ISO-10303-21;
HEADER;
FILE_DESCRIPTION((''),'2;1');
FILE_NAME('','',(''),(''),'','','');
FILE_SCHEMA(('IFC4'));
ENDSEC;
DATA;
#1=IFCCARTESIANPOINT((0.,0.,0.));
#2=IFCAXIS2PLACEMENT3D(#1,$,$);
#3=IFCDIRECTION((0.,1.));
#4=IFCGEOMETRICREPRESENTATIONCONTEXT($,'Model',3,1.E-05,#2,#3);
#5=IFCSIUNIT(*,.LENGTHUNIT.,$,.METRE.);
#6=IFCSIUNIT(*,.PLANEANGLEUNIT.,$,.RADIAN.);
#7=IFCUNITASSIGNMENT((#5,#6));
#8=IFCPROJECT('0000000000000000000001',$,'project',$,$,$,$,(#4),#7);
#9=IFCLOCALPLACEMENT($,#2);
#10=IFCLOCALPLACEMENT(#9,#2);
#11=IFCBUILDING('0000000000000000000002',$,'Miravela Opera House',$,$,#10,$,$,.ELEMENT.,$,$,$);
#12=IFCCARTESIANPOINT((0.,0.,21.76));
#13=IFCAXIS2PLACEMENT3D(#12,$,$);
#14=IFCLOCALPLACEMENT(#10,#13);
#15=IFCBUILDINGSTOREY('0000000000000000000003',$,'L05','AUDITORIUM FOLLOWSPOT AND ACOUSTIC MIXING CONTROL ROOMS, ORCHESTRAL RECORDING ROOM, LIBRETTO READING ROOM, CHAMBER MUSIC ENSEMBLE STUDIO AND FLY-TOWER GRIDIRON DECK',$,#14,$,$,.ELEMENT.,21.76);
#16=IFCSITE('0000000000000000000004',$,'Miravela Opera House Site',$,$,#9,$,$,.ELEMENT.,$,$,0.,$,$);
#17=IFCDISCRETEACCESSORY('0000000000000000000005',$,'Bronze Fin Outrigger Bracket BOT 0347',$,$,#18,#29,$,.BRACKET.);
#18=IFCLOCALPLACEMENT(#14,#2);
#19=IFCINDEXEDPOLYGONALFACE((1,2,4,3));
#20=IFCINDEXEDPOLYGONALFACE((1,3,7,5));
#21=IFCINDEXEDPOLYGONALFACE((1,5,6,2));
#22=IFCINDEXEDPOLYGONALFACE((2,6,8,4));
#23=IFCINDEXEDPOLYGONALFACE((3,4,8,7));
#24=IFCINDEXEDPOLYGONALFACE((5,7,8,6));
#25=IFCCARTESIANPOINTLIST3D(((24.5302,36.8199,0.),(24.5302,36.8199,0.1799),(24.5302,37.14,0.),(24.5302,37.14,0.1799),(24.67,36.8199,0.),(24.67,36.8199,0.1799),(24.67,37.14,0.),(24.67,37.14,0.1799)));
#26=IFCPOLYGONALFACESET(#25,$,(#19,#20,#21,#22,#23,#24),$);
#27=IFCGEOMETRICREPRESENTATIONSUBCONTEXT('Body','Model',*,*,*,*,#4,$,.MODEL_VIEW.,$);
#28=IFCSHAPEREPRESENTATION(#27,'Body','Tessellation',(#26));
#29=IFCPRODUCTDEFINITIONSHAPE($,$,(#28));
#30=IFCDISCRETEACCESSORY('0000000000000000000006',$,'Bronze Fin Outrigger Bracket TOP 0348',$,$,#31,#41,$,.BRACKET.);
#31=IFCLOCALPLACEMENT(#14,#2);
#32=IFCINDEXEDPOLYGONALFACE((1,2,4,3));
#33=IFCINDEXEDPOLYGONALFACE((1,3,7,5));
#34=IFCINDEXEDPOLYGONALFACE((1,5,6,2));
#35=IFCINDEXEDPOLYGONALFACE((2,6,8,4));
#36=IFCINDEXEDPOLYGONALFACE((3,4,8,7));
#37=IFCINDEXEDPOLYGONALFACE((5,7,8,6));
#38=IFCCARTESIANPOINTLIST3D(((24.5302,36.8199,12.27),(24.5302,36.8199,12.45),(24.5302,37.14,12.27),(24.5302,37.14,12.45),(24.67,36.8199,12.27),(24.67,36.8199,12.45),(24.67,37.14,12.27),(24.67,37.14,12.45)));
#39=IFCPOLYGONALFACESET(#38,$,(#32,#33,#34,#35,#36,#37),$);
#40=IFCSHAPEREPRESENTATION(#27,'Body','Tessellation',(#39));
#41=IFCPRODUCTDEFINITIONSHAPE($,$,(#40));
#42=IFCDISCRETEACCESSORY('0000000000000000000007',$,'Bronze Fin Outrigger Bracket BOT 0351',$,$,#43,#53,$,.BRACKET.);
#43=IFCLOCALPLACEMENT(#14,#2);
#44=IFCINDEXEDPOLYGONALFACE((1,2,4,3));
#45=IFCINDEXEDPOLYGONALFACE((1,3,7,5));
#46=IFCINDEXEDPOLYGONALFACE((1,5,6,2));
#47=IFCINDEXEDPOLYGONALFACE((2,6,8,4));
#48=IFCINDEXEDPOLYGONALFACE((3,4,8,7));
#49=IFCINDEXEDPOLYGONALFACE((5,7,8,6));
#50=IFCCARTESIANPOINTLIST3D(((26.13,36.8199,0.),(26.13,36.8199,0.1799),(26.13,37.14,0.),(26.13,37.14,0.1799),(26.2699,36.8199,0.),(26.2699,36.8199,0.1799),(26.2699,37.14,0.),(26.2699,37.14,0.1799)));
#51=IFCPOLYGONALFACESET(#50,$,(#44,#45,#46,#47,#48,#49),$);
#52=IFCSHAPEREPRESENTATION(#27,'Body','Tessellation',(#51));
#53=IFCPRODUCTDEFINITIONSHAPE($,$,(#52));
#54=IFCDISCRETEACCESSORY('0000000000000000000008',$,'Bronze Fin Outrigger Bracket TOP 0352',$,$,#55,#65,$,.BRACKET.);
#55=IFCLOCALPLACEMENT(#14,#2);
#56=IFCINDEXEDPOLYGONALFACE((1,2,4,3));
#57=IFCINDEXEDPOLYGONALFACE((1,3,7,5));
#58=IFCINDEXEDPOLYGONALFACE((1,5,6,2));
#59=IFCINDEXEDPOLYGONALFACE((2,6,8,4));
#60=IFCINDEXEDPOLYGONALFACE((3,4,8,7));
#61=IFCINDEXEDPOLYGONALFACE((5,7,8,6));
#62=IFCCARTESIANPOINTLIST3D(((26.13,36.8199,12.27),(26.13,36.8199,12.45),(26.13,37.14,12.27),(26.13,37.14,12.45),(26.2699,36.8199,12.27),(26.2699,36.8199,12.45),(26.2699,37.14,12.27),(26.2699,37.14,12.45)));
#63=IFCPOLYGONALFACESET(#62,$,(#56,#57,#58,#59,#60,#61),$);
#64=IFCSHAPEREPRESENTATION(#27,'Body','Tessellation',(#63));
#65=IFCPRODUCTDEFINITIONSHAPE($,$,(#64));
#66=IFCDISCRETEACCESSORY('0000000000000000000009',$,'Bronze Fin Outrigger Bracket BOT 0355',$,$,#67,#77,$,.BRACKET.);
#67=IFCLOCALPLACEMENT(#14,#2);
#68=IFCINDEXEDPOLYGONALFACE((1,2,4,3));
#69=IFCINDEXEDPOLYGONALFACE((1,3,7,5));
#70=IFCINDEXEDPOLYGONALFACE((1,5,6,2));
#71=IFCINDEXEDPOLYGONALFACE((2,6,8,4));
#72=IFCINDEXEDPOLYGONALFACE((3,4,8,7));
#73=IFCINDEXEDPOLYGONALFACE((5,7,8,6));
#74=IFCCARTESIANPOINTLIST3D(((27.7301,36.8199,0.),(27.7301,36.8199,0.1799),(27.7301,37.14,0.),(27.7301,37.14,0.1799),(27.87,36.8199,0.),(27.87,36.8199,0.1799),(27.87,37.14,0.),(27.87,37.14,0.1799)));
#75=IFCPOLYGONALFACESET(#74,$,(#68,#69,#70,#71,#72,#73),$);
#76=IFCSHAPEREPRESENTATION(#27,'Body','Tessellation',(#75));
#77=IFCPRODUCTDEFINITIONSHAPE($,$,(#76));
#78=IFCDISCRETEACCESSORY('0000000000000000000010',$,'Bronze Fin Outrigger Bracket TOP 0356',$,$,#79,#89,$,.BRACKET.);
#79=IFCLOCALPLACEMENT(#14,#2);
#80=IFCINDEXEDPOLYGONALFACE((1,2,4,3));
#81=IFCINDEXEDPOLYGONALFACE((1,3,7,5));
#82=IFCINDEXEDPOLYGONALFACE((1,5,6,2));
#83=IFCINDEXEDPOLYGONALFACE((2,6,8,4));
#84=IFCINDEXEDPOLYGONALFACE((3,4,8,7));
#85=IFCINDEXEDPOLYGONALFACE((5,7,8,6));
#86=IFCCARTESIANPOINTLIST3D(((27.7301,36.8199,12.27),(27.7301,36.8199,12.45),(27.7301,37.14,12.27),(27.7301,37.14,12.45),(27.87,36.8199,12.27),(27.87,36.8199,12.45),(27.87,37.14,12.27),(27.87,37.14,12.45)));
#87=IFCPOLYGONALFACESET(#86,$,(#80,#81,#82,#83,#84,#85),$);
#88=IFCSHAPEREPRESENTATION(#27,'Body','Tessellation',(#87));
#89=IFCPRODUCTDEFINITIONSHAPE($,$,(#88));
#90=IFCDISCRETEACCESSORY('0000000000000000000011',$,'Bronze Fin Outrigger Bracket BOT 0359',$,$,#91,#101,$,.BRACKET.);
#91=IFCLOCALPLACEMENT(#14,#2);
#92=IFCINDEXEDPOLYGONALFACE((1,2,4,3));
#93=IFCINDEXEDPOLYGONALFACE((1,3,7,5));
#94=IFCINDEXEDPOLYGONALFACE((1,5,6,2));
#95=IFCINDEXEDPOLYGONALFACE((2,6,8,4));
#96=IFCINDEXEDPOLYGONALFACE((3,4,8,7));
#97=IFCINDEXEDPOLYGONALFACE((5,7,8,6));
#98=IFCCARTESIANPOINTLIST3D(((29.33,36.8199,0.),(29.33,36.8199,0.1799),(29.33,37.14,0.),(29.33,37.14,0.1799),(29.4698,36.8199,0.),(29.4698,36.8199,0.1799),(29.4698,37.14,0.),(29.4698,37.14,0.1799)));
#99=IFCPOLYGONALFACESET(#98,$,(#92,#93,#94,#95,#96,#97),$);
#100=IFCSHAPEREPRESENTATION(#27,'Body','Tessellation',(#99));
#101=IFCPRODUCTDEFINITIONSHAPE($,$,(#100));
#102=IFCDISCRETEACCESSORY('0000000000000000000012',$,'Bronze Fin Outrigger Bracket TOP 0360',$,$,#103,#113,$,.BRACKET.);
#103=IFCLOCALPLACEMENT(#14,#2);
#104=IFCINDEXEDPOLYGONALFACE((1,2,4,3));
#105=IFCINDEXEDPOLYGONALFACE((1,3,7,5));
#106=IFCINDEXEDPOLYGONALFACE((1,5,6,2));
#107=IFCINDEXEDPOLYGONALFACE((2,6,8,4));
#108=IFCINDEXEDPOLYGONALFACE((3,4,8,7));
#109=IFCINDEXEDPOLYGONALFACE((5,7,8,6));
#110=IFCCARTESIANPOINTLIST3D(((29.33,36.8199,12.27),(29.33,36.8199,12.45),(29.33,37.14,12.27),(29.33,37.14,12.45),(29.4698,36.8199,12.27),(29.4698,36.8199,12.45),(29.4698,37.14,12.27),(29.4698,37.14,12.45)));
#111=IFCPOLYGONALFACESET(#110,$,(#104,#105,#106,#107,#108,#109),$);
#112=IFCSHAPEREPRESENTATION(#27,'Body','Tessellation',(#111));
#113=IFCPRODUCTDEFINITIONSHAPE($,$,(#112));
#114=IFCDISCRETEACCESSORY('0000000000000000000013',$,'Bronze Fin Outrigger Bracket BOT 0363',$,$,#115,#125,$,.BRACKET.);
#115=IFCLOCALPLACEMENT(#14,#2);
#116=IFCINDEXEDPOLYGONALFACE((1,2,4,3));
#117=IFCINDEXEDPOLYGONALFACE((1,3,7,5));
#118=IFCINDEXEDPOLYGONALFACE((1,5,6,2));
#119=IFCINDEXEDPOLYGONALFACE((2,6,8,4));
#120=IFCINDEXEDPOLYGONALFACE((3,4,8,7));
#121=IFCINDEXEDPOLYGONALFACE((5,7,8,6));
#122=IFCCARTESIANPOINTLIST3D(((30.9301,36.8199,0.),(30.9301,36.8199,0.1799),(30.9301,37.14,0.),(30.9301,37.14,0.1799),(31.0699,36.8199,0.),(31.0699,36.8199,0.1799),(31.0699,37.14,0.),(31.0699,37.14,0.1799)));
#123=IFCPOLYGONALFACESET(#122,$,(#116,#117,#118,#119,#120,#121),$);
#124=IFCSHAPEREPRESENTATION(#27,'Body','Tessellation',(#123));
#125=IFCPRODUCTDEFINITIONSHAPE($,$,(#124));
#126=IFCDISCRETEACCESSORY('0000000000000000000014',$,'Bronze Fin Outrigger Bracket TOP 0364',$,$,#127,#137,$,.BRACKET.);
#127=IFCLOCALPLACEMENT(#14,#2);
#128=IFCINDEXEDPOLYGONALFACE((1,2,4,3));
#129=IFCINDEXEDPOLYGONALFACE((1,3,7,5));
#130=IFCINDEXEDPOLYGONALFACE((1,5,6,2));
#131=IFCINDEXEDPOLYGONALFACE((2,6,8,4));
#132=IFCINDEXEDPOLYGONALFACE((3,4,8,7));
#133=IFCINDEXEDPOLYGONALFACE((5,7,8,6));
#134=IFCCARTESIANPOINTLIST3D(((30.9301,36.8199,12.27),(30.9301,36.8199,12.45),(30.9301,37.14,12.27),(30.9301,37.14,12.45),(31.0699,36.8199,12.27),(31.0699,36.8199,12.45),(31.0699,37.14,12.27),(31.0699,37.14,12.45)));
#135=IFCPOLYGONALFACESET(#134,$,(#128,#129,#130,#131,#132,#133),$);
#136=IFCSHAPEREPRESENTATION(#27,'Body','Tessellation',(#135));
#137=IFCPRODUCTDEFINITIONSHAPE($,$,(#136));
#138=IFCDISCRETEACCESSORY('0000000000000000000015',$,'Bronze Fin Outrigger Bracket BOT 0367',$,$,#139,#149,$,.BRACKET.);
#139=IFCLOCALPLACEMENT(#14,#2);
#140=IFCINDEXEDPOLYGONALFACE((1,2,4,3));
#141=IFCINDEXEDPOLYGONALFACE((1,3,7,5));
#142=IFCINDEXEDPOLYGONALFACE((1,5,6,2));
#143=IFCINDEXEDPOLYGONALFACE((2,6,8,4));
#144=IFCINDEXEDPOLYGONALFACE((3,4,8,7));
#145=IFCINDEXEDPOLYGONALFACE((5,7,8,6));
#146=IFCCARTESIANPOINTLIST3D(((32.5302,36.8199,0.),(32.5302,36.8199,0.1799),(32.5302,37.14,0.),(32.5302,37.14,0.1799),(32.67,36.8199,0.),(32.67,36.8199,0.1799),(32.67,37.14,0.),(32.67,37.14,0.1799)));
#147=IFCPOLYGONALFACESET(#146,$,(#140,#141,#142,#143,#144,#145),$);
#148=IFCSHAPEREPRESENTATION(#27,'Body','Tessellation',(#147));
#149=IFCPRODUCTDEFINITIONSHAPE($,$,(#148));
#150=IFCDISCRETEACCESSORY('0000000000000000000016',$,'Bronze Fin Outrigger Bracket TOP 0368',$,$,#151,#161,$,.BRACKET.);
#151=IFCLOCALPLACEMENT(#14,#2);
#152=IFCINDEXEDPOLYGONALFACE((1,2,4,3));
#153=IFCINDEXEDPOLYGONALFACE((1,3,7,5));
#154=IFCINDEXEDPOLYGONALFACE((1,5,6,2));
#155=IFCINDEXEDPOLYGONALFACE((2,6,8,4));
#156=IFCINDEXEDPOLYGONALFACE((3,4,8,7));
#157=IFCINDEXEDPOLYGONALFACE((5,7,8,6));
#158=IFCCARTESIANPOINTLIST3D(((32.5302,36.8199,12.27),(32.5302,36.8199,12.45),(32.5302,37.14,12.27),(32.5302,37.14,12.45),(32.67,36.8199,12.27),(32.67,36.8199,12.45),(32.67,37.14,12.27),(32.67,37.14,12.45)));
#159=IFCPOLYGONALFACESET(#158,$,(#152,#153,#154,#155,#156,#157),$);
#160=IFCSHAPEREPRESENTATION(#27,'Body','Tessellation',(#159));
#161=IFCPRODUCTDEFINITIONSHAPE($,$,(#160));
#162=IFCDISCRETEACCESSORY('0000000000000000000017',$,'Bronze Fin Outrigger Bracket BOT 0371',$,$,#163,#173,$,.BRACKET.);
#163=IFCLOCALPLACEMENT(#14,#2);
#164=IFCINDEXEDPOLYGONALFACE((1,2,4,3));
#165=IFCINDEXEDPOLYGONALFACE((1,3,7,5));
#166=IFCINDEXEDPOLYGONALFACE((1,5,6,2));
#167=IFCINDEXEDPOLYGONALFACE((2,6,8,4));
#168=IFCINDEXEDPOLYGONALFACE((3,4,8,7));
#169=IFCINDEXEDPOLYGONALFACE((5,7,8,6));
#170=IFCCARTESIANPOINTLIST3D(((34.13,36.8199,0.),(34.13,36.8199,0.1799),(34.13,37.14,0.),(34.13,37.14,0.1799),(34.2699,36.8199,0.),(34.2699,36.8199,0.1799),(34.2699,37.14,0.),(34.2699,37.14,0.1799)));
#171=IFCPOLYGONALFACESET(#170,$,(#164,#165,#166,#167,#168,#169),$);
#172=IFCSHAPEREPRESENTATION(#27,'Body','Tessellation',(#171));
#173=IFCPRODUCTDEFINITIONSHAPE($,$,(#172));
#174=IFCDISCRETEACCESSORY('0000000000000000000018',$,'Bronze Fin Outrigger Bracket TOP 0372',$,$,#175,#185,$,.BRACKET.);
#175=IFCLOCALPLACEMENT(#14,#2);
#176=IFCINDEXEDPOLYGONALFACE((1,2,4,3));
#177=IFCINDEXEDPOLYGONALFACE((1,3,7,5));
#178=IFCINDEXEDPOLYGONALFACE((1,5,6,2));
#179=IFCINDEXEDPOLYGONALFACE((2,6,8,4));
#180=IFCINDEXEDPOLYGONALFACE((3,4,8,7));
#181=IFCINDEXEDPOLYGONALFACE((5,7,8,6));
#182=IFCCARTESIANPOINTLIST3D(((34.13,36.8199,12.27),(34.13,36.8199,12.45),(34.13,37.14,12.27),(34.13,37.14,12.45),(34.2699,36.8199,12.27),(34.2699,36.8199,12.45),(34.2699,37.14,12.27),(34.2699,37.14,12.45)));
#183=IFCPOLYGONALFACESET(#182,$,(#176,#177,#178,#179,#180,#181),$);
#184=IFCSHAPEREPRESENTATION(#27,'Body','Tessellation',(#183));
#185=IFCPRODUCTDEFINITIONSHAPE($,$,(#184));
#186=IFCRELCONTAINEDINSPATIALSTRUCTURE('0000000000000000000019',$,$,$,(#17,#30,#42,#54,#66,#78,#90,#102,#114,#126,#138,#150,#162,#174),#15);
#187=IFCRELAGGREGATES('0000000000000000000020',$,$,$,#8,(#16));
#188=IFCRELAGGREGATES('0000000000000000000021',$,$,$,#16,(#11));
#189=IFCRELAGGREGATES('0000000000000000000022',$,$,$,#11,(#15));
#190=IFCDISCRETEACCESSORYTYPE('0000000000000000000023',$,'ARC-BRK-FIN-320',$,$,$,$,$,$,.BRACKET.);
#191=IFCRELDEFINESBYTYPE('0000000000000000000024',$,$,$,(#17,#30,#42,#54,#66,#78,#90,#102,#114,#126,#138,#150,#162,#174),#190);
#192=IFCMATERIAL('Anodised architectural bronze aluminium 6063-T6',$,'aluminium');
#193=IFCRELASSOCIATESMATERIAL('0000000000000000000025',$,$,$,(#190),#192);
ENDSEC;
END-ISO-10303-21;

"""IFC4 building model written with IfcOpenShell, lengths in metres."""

from ifc_helpers import new_model, si_unit, direction, frame, origin, origin_2d, place, context, subcontext, project, spatial, rectangle, extrude, material, type_object, element, save


model = new_model("IFC4")

# Units and contexts
model_context = context("Model", 3, precision=1e-05, world=origin(), true_north=direction((0.0, 1.0)))
body_context = subcontext(model_context, "Body", "Model", "MODEL_VIEW")
ifc_project = project(units=[si_unit("LENGTHUNIT", "METRE"), si_unit("PLANEANGLEUNIT", "RADIAN")], contexts=[model_context])

# Site, building, storey
site_placement = place(None, origin())
site = spatial("IfcSite", under=ifc_project, at=site_placement, Name="Miravela Opera House Site", CompositionType="ELEMENT", RefElevation=0.0)
building_placement = place(site_placement, origin())
building = spatial("IfcBuilding", under=site, at=building_placement, Name="Miravela Opera House", CompositionType="ELEMENT")
storey_placement = place(building_placement, frame((0.0, 0.0, 21.76)))
storey = spatial("IfcBuildingStorey", under=building, at=storey_placement, Name="L05", Description="AUDITORIUM FOLLOWSPOT AND ACOUSTIC MIXING CONTROL ROOMS, ORCHESTRAL RECORDING ROOM, LIBRETTO READING ROOM, CHAMBER MUSIC ENSEMBLE STUDIO AND FLY-TOWER GRIDIRON DECK", CompositionType="ELEMENT", Elevation=21.76)

# Discrete accessories
ifc_material_1 = material(Name="Anodised architectural bronze aluminium 6063-T6", Category="aluminium")
discrete_accessory_type = type_object("IfcDiscreteAccessoryType", Name="ARC-BRK-FIN-320", PredefinedType="BRACKET", material=ifc_material_1)
for number, where, z_axis, x_axis, name in (
    (1, (24.6001, 36.98, 0.0), (0.0, 0.0, 1.0), (0.0, 1.0, 0.0), "Bronze Fin Outrigger Bracket BOT 0347"),
    (2, (24.6001, 36.98, 12.27), (0.0, 0.0, 1.0), (0.0, 1.0, 0.0), "Bronze Fin Outrigger Bracket TOP 0348"),
    (3, (26.2, 36.98, 0.0), (0.0, 0.0, 1.0), (0.0, 1.0, 0.0), "Bronze Fin Outrigger Bracket BOT 0351"),
    (4, (26.2, 36.98, 12.27), (0.0, 0.0, 1.0), (0.0, 1.0, 0.0), "Bronze Fin Outrigger Bracket TOP 0352"),
    (5, (27.8, 36.98, 0.0), (0.0, 0.0, 1.0), (0.0, 1.0, 0.0), "Bronze Fin Outrigger Bracket BOT 0355"),
    (6, (27.8, 36.98, 12.27), (0.0, 0.0, 1.0), (0.0, 1.0, 0.0), "Bronze Fin Outrigger Bracket TOP 0356"),
    (7, (29.3999, 36.98, 0.0), (0.0, 0.0, 1.0), (0.0, 1.0, 0.0), "Bronze Fin Outrigger Bracket BOT 0359"),
    (8, (29.3999, 36.98, 12.27), (0.0, 0.0, 1.0), (0.0, 1.0, 0.0), "Bronze Fin Outrigger Bracket TOP 0360"),
    (9, (31.0, 36.98, 0.0), (0.0, 0.0, 1.0), (0.0, 1.0, 0.0), "Bronze Fin Outrigger Bracket BOT 0363"),
    (10, (31.0, 36.98, 12.27), (0.0, 0.0, 1.0), (0.0, 1.0, 0.0), "Bronze Fin Outrigger Bracket TOP 0364"),
    (11, (32.6001, 36.98, 0.0), (0.0, 0.0, 1.0), (0.0, 1.0, 0.0), "Bronze Fin Outrigger Bracket BOT 0367"),
    (12, (32.6001, 36.98, 12.27), (0.0, 0.0, 1.0), (0.0, 1.0, 0.0), "Bronze Fin Outrigger Bracket TOP 0368"),
    (13, (34.2, 36.98, 0.0), (0.0, 0.0, 1.0), (0.0, 1.0, 0.0), "Bronze Fin Outrigger Bracket BOT 0371"),
    (14, (34.2, 36.98, 12.27), (0.0, 0.0, 1.0), (0.0, 1.0, 0.0), "Bronze Fin Outrigger Bracket TOP 0372"),
):
    element("IfcDiscreteAccessory", number, at=place(storey_placement, frame(where, z_axis=z_axis, x_axis=x_axis)), inside=storey, type_object=discrete_accessory_type, Name=name, PredefinedType="BRACKET", context=body_context, shape_type="SweptSolid", body=[
        extrude(rectangle(XDim=0.3201, YDim=0.1399, at=origin_2d()), origin(), (0.0, 0.0, 1.0), 0.1799),
    ])

save(model, "model.ifc")
